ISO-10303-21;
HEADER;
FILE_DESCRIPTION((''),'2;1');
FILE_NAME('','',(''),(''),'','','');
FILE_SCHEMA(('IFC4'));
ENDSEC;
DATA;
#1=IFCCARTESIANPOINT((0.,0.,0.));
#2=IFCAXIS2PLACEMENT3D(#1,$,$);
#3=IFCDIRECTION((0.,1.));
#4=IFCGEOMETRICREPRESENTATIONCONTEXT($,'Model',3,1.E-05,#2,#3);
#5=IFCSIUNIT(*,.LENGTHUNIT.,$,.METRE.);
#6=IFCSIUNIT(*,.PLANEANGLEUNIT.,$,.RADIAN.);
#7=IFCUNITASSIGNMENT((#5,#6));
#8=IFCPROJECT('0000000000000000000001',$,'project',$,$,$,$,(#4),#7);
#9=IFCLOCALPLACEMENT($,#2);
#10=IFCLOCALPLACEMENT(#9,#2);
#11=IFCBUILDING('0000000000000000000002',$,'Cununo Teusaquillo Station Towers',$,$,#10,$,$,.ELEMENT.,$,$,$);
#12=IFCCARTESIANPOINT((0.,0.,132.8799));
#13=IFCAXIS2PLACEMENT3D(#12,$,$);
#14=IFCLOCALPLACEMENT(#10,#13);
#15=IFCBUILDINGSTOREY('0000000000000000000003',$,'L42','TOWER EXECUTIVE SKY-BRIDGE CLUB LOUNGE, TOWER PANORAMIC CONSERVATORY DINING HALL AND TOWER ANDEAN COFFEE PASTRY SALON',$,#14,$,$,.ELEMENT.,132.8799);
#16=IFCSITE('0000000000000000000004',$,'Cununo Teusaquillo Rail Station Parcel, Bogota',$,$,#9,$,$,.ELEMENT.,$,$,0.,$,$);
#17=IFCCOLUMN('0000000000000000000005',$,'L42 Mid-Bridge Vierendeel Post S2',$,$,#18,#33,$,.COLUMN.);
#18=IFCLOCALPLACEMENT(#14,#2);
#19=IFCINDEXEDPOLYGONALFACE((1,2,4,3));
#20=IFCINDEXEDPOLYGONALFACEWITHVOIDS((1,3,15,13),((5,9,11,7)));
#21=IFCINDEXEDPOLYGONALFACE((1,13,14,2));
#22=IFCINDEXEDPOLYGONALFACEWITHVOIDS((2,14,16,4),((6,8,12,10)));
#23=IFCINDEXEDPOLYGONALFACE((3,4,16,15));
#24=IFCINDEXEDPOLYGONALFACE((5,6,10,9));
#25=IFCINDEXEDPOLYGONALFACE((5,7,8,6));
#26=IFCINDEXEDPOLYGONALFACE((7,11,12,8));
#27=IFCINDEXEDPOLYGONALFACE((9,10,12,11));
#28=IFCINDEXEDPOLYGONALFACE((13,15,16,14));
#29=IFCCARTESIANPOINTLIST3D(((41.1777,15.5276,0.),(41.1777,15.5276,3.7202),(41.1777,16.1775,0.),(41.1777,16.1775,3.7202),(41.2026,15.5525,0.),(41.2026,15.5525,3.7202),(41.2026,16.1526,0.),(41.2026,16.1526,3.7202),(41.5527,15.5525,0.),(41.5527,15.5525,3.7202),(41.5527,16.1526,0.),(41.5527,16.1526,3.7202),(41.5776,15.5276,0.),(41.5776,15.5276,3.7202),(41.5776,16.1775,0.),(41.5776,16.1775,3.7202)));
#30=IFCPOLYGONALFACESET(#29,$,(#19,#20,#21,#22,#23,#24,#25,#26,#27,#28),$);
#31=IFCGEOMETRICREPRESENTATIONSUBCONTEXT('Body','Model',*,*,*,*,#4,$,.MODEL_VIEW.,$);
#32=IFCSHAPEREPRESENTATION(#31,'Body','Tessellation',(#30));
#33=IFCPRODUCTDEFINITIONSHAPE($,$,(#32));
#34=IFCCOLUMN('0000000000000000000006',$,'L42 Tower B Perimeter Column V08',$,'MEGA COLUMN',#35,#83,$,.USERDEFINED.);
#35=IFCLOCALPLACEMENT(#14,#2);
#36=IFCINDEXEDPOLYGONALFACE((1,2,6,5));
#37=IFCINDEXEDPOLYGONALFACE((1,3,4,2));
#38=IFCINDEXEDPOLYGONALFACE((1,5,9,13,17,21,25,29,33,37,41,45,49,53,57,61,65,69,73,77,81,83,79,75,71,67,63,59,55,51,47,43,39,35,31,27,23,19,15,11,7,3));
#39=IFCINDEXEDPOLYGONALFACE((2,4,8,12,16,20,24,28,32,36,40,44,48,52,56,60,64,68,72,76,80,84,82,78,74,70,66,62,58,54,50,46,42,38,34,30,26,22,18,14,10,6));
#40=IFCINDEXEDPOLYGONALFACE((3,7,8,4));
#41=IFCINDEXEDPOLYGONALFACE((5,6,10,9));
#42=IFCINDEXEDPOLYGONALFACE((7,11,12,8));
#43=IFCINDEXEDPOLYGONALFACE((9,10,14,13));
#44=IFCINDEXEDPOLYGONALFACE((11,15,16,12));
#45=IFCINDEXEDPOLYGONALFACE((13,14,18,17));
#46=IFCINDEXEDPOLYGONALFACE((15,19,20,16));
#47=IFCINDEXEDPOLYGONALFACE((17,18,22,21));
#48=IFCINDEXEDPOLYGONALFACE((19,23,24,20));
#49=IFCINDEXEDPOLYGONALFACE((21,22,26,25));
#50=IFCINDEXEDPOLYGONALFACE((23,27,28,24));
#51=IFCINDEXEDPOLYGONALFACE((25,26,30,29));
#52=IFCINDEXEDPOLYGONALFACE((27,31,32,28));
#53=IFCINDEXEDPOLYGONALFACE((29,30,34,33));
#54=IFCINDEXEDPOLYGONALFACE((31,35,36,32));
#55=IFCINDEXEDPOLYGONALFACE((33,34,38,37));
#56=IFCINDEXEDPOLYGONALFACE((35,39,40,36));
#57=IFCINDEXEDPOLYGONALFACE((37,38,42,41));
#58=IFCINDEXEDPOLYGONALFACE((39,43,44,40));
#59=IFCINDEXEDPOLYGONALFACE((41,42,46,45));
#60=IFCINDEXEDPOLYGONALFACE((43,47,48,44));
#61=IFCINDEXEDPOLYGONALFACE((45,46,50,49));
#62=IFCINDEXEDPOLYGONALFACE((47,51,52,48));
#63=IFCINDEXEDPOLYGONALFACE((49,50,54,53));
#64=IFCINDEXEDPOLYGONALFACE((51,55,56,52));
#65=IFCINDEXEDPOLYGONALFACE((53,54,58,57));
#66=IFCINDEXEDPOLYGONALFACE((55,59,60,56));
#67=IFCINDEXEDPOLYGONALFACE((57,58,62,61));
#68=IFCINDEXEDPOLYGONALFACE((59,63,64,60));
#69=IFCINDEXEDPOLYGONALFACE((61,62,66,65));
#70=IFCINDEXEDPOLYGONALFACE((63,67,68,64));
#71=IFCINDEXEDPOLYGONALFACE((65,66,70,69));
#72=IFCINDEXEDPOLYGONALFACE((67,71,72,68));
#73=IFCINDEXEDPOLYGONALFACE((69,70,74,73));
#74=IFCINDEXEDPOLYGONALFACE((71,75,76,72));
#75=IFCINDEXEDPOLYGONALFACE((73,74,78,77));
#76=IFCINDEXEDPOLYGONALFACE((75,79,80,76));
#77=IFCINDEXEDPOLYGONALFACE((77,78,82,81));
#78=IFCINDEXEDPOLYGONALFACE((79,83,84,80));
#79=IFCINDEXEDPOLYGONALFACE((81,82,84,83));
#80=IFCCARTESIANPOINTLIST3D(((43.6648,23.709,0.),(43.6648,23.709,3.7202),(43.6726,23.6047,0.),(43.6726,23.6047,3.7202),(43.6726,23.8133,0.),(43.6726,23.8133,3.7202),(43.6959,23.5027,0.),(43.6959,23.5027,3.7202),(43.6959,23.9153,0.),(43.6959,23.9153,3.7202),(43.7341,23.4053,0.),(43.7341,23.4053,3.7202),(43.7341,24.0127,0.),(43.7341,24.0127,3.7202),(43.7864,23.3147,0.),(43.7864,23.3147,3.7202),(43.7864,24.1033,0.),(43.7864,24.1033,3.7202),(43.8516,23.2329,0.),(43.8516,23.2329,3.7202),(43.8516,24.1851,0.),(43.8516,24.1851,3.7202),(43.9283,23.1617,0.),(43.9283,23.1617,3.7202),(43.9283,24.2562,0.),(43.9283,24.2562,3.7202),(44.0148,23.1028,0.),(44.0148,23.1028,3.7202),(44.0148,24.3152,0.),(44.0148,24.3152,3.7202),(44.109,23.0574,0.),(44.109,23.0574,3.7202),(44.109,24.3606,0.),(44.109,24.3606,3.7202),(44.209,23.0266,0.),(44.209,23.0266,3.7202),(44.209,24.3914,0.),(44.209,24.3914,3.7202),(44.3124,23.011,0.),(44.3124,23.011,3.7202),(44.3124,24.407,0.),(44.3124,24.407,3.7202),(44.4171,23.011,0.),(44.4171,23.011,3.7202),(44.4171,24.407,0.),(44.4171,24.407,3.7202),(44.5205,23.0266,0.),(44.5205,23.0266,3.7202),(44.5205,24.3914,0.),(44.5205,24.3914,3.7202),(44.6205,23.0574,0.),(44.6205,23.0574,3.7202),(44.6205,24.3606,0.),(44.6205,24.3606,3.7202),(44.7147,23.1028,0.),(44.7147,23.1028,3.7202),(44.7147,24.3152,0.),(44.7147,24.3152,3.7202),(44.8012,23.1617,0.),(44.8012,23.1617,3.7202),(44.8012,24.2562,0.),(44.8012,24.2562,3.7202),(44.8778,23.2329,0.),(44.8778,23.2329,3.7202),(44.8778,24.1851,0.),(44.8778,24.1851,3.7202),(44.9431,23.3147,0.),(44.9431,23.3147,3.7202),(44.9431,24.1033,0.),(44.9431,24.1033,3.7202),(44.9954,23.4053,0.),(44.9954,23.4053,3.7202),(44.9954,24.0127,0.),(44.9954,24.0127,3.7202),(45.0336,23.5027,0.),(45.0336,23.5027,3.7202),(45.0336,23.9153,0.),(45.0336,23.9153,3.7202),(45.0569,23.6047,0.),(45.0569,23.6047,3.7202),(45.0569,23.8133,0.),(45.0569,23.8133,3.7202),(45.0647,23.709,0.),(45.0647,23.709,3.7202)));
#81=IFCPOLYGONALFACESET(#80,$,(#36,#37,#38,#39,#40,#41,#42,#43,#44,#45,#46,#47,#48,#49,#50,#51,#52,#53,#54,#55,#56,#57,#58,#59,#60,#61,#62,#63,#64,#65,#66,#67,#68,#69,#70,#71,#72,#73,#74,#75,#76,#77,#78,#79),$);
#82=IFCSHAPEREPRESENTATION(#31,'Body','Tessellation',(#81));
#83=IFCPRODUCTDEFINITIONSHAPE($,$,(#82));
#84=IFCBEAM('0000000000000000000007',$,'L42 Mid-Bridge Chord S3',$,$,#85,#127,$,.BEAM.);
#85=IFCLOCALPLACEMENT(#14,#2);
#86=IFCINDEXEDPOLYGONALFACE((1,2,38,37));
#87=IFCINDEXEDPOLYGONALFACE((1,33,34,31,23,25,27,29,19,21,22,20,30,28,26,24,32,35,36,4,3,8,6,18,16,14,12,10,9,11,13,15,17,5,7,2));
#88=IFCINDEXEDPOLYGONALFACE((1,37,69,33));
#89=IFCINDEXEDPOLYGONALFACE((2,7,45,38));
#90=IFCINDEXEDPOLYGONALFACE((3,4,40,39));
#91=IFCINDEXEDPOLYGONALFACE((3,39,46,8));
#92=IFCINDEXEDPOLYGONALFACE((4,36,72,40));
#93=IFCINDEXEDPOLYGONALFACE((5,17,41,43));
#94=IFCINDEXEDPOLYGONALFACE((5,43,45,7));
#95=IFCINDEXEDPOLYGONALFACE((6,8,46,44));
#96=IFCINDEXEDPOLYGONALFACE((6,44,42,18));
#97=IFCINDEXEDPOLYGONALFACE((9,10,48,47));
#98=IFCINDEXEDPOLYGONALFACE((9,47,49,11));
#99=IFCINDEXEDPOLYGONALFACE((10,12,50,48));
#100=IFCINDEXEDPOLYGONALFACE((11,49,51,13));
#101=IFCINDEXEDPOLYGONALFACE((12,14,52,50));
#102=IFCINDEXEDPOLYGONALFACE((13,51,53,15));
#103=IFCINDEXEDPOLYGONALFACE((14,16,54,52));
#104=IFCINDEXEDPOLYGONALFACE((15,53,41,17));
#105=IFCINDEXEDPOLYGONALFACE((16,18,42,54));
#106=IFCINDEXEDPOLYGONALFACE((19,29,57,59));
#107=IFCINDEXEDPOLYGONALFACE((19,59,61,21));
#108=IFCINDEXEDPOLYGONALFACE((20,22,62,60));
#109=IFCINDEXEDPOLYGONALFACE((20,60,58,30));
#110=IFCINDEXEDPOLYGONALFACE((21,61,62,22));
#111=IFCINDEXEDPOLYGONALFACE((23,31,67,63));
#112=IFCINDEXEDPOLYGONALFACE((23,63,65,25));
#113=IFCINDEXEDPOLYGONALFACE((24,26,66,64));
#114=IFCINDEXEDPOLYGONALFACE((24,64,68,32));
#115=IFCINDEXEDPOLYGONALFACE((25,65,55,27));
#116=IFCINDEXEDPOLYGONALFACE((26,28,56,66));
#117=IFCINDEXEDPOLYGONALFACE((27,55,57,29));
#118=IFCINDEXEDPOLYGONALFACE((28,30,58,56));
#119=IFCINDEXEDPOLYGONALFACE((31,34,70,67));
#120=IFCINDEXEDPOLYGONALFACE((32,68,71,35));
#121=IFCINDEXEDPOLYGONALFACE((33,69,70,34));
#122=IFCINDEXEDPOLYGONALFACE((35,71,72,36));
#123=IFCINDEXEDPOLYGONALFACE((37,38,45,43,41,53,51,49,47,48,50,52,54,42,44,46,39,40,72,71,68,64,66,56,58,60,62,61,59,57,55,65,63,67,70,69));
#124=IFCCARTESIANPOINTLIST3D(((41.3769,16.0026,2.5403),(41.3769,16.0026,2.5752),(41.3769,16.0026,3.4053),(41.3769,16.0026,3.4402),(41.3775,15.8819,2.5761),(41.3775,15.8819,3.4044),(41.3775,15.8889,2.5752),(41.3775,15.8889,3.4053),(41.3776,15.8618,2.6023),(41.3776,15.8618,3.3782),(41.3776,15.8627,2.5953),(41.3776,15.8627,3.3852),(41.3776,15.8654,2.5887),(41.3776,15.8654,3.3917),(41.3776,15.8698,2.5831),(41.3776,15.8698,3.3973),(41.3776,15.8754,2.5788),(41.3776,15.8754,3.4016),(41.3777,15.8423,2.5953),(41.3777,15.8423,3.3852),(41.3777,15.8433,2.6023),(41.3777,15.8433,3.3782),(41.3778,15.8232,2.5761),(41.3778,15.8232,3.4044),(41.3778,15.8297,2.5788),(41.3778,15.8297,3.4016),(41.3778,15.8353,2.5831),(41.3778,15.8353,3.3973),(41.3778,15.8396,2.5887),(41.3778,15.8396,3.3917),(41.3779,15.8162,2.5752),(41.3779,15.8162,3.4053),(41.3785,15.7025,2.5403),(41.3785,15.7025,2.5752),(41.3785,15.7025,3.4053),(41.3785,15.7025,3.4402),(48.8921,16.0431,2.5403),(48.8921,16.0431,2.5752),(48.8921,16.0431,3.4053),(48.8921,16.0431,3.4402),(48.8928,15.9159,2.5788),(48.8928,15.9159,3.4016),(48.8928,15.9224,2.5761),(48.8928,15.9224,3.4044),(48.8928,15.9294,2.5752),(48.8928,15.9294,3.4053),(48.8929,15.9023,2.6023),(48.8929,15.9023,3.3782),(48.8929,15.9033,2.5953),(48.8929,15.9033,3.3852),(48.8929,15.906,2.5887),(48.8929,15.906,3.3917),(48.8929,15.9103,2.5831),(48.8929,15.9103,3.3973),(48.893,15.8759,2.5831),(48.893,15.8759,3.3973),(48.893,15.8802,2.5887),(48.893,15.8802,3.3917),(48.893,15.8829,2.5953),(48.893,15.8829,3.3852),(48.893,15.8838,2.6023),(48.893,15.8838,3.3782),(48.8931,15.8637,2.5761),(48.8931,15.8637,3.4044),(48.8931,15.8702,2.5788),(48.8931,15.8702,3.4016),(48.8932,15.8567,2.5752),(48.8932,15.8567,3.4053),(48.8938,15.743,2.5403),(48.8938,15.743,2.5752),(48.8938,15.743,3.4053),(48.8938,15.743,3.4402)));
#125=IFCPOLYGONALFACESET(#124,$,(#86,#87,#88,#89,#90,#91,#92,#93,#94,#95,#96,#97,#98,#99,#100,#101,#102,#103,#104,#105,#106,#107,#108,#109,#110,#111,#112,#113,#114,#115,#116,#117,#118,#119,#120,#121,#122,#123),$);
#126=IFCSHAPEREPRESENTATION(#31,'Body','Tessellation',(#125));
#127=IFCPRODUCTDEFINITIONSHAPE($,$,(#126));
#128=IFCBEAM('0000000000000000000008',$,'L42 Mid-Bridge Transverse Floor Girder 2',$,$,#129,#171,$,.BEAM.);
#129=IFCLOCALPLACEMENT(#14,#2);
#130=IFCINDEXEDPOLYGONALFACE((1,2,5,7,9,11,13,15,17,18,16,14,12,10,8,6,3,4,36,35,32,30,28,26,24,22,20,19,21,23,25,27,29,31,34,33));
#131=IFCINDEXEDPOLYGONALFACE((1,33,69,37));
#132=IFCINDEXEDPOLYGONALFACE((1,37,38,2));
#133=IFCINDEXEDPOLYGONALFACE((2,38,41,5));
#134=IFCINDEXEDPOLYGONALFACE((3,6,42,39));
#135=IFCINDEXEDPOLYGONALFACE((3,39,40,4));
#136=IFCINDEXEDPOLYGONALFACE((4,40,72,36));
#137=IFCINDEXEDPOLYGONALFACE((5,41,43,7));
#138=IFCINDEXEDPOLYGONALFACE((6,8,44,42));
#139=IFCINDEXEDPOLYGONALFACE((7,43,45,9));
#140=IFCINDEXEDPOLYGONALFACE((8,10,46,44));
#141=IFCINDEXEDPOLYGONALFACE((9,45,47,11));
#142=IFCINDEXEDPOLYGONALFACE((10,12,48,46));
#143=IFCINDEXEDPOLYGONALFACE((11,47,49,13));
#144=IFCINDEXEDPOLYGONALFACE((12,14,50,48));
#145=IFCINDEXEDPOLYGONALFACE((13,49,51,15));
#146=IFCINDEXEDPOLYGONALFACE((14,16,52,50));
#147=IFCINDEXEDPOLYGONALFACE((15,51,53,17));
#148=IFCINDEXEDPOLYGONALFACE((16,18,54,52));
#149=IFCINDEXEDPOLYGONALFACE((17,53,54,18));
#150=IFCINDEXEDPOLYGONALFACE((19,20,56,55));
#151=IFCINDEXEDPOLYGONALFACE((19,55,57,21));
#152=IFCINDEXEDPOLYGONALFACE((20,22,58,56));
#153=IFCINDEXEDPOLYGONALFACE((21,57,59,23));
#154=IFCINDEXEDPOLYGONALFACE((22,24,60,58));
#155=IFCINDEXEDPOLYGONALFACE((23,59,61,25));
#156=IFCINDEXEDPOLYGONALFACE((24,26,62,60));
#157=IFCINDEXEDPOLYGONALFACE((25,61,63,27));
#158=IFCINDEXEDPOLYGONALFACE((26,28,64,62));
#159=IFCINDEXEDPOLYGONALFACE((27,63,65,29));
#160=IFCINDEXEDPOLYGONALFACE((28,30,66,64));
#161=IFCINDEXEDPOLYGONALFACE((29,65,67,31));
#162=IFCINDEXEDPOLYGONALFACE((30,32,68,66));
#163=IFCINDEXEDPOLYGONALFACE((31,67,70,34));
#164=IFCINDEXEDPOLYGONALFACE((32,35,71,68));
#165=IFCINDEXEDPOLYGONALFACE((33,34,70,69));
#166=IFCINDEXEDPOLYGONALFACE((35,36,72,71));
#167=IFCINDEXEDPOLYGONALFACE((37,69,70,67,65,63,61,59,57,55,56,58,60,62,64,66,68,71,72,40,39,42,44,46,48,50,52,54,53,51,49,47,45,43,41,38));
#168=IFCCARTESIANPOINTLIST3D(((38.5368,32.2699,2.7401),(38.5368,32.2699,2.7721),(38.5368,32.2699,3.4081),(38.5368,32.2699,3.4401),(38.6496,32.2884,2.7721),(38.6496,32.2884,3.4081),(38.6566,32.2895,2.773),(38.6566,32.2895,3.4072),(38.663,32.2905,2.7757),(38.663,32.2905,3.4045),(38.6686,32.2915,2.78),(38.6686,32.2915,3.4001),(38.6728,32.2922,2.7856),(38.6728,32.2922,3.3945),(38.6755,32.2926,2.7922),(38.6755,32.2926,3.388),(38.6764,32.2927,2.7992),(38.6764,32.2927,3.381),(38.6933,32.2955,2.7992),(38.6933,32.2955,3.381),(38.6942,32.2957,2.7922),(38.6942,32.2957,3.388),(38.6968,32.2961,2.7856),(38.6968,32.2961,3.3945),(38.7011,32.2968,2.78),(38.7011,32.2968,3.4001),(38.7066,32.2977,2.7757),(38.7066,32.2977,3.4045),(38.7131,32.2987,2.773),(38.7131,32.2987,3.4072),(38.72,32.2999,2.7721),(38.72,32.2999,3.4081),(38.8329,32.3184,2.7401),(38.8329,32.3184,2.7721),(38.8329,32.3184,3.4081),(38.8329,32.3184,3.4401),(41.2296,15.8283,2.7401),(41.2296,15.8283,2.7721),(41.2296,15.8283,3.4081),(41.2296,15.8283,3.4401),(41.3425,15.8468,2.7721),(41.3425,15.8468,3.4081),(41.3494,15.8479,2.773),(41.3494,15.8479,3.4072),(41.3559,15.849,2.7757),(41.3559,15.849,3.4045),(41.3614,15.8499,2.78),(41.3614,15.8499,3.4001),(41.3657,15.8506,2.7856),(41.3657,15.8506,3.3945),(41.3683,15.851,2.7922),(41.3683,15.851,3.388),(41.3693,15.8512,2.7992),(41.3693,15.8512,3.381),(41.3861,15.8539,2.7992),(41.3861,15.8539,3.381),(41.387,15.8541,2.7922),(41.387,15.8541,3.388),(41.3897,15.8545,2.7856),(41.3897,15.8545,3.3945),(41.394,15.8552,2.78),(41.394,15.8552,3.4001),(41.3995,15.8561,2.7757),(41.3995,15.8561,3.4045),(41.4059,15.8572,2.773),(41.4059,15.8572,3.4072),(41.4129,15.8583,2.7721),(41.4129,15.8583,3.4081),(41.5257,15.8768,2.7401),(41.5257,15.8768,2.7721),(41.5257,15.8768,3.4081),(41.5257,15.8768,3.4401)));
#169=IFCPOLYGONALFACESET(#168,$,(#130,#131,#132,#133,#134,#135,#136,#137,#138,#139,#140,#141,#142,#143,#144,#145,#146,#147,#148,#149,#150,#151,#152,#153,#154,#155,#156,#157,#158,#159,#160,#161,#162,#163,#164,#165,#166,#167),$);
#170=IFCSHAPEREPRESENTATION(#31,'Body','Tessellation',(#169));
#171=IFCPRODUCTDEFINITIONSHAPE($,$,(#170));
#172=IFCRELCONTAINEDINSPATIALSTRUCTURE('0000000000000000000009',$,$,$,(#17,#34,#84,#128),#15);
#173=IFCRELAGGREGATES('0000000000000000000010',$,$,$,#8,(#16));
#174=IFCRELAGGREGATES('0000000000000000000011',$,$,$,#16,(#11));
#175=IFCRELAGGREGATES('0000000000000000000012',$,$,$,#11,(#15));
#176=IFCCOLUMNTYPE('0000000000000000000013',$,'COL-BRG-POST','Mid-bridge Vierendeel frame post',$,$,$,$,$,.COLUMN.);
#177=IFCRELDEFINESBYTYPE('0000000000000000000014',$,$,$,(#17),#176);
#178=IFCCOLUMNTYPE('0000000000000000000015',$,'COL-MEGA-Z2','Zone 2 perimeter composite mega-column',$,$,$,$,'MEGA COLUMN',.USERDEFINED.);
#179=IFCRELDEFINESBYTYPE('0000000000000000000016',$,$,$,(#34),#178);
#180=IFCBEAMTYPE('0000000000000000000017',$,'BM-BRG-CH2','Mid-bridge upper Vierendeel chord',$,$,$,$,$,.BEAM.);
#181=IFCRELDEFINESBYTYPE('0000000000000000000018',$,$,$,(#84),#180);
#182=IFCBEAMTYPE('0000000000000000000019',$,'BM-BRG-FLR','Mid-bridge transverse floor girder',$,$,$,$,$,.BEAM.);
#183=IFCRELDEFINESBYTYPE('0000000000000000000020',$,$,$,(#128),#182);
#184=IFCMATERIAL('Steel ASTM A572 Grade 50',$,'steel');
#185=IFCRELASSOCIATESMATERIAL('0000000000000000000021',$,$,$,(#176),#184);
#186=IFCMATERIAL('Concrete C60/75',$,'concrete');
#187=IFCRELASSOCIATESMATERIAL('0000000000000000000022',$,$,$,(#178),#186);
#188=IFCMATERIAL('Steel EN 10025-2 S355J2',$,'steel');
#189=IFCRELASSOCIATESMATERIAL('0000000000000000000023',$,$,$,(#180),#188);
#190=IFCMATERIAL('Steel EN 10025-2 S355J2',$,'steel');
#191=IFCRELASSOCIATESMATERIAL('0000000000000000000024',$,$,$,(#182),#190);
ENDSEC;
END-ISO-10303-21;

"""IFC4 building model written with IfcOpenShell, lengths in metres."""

from ifc_helpers import new_model, si_unit, direction, frame, origin, origin_2d, place, context, subcontext, project, spatial, hollow_rectangle, circle, i_section, extrude, material, material_profile, profile_set, type_object, element, save


model = new_model("IFC4")

# Units and contexts
model_context = context("Model", 3, precision=1e-05, world=origin(), true_north=direction((0.0, 1.0)))
body_context = subcontext(model_context, "Body", "Model", "MODEL_VIEW")
ifc_project = project(units=[si_unit("LENGTHUNIT", "METRE"), si_unit("PLANEANGLEUNIT", "RADIAN")], contexts=[model_context])

# Site, building, storey
site_placement = place(None, origin())
site = spatial("IfcSite", under=ifc_project, at=site_placement, Name="Cununo Teusaquillo Rail Station Parcel, Bogota", CompositionType="ELEMENT", RefElevation=0.0)
building_placement = place(site_placement, origin())
building = spatial("IfcBuilding", under=site, at=building_placement, Name="Cununo Teusaquillo Station Towers", CompositionType="ELEMENT")
storey_placement = place(building_placement, frame((0.0, 0.0, 132.8799)))
storey = spatial("IfcBuildingStorey", under=building, at=storey_placement, Name="L42", Description="TOWER EXECUTIVE SKY-BRIDGE CLUB LOUNGE, TOWER PANORAMIC CONSERVATORY DINING HALL AND TOWER ANDEAN COFFEE PASTRY SALON", CompositionType="ELEMENT", Elevation=132.8799)

# Columns
ifc_material_1 = material(Name="Steel ASTM A572 Grade 50", Category="steel")
ifc_material_profile_1 = material_profile(ifc_material_1, hollow_rectangle(XDim=0.3999, YDim=0.6499, WallThickness=0.0249, at=origin_2d()), Name="RHS 650x400x25")
ifc_profile_set_1 = profile_set([ifc_material_profile_1], Name="Steel ASTM A572 Grade 50")
column_type_1 = type_object("IfcColumnType", Name="COL-BRG-POST", Description="Mid-bridge Vierendeel frame post", PredefinedType="COLUMN", material=ifc_profile_set_1)
column_1_placement = place(storey_placement, frame((41.3777, 15.8525, 0.0), z_axis=(0.0, 0.0, 1.0), x_axis=(1.0, 0.0, 0.0)))
element("IfcColumn", 1, at=column_1_placement, inside=storey, type_object=column_type_1, Name="L42 Mid-Bridge Vierendeel Post S2", PredefinedType="COLUMN", context=body_context, shape_type="SweptSolid", body=[
    extrude(hollow_rectangle(XDim=0.3999, YDim=0.6499, WallThickness=0.0249, at=origin_2d()), origin(), (0.0, 0.0, 1.0), 3.7202),
])
ifc_material_2 = material(Name="Concrete C60/75", Category="concrete")
ifc_material_profile_2 = material_profile(ifc_material_2, circle(Radius=0.7, at=origin_2d()), Name="RC-CIRC-1400")
ifc_profile_set_2 = profile_set([ifc_material_profile_2], Name="Concrete C60/75")
column_type_2 = type_object("IfcColumnType", Name="COL-MEGA-Z2", Description="Zone 2 perimeter composite mega-column", ElementType="MEGA COLUMN", PredefinedType="USERDEFINED", material=ifc_profile_set_2)
column_2_placement = place(storey_placement, frame((44.3647, 23.709, 0.0), z_axis=(0.0, 0.0, 1.0), x_axis=(1.0, 0.0, 0.0)))
element("IfcColumn", 2, at=column_2_placement, inside=storey, type_object=column_type_2, Name="L42 Tower B Perimeter Column V08", ObjectType="MEGA COLUMN", PredefinedType="USERDEFINED", context=body_context, shape_type="SweptSolid", body=[
    extrude(circle(Radius=0.7, at=origin_2d()), origin(), (0.0, 0.0, 1.0), 3.7202),
])

# Beams
ifc_material_3 = material(Name="Steel EN 10025-2 S355J2", Category="steel")
ifc_material_profile_3 = material_profile(ifc_material_3, i_section(OverallWidth=0.3, OverallDepth=0.8999, WebThickness=0.0186, FlangeThickness=0.0349, FilletRadius=0.0271, at=origin_2d()), Name="HEB 900")
ifc_profile_set_3 = profile_set([ifc_material_profile_3], Name="Steel EN 10025-2 S355J2")
beam_type_1 = type_object("IfcBeamType", Name="BM-BRG-CH2", Description="Mid-bridge upper Vierendeel chord", PredefinedType="BEAM", material=ifc_profile_set_3)
beam_1_placement = place(storey_placement, frame((41.3777, 15.8525, 2.9902), z_axis=(0.999985, 0.005393, 0.0), x_axis=(-0.005393, 0.999985, 0.0)))
element("IfcBeam", 3, at=beam_1_placement, inside=storey, type_object=beam_type_1, Name="L42 Mid-Bridge Chord S3", PredefinedType="BEAM", context=body_context, shape_type="SweptSolid", body=[
    extrude(i_section(OverallWidth=0.3, OverallDepth=0.8999, WebThickness=0.0186, FlangeThickness=0.0349, FilletRadius=0.0271, at=origin_2d()), origin(), (0.0, 0.0, 1.0), 7.5154),
])
ifc_material_4 = material(Name="Steel EN 10025-2 S355J2", Category="steel")
ifc_material_profile_4 = material_profile(ifc_material_4, i_section(OverallWidth=0.3, OverallDepth=0.7, WebThickness=0.0171, FlangeThickness=0.032, FilletRadius=0.0271, at=origin_2d()), Name="HEB 700")
ifc_profile_set_4 = profile_set([ifc_material_profile_4], Name="Steel EN 10025-2 S355J2")
beam_type_2 = type_object("IfcBeamType", Name="BM-BRG-FLR", Description="Mid-bridge transverse floor girder", PredefinedType="BEAM", material=ifc_profile_set_4)
beam_2_placement = place(storey_placement, frame((41.3777, 15.8525, 3.0901), z_axis=(-0.16163, 0.986851, 0.0), x_axis=(-0.986851, -0.16163, 0.0)))
element("IfcBeam", 4, at=beam_2_placement, inside=storey, type_object=beam_type_2, Name="L42 Mid-Bridge Transverse Floor Girder 2", PredefinedType="BEAM", context=body_context, shape_type="SweptSolid", body=[
    extrude(i_section(OverallWidth=0.3, OverallDepth=0.7, WebThickness=0.0171, FlangeThickness=0.032, FilletRadius=0.0271, at=origin_2d()), origin(), (0.0, 0.0, 1.0), 16.6606),
])

save(model, "model.ifc")
